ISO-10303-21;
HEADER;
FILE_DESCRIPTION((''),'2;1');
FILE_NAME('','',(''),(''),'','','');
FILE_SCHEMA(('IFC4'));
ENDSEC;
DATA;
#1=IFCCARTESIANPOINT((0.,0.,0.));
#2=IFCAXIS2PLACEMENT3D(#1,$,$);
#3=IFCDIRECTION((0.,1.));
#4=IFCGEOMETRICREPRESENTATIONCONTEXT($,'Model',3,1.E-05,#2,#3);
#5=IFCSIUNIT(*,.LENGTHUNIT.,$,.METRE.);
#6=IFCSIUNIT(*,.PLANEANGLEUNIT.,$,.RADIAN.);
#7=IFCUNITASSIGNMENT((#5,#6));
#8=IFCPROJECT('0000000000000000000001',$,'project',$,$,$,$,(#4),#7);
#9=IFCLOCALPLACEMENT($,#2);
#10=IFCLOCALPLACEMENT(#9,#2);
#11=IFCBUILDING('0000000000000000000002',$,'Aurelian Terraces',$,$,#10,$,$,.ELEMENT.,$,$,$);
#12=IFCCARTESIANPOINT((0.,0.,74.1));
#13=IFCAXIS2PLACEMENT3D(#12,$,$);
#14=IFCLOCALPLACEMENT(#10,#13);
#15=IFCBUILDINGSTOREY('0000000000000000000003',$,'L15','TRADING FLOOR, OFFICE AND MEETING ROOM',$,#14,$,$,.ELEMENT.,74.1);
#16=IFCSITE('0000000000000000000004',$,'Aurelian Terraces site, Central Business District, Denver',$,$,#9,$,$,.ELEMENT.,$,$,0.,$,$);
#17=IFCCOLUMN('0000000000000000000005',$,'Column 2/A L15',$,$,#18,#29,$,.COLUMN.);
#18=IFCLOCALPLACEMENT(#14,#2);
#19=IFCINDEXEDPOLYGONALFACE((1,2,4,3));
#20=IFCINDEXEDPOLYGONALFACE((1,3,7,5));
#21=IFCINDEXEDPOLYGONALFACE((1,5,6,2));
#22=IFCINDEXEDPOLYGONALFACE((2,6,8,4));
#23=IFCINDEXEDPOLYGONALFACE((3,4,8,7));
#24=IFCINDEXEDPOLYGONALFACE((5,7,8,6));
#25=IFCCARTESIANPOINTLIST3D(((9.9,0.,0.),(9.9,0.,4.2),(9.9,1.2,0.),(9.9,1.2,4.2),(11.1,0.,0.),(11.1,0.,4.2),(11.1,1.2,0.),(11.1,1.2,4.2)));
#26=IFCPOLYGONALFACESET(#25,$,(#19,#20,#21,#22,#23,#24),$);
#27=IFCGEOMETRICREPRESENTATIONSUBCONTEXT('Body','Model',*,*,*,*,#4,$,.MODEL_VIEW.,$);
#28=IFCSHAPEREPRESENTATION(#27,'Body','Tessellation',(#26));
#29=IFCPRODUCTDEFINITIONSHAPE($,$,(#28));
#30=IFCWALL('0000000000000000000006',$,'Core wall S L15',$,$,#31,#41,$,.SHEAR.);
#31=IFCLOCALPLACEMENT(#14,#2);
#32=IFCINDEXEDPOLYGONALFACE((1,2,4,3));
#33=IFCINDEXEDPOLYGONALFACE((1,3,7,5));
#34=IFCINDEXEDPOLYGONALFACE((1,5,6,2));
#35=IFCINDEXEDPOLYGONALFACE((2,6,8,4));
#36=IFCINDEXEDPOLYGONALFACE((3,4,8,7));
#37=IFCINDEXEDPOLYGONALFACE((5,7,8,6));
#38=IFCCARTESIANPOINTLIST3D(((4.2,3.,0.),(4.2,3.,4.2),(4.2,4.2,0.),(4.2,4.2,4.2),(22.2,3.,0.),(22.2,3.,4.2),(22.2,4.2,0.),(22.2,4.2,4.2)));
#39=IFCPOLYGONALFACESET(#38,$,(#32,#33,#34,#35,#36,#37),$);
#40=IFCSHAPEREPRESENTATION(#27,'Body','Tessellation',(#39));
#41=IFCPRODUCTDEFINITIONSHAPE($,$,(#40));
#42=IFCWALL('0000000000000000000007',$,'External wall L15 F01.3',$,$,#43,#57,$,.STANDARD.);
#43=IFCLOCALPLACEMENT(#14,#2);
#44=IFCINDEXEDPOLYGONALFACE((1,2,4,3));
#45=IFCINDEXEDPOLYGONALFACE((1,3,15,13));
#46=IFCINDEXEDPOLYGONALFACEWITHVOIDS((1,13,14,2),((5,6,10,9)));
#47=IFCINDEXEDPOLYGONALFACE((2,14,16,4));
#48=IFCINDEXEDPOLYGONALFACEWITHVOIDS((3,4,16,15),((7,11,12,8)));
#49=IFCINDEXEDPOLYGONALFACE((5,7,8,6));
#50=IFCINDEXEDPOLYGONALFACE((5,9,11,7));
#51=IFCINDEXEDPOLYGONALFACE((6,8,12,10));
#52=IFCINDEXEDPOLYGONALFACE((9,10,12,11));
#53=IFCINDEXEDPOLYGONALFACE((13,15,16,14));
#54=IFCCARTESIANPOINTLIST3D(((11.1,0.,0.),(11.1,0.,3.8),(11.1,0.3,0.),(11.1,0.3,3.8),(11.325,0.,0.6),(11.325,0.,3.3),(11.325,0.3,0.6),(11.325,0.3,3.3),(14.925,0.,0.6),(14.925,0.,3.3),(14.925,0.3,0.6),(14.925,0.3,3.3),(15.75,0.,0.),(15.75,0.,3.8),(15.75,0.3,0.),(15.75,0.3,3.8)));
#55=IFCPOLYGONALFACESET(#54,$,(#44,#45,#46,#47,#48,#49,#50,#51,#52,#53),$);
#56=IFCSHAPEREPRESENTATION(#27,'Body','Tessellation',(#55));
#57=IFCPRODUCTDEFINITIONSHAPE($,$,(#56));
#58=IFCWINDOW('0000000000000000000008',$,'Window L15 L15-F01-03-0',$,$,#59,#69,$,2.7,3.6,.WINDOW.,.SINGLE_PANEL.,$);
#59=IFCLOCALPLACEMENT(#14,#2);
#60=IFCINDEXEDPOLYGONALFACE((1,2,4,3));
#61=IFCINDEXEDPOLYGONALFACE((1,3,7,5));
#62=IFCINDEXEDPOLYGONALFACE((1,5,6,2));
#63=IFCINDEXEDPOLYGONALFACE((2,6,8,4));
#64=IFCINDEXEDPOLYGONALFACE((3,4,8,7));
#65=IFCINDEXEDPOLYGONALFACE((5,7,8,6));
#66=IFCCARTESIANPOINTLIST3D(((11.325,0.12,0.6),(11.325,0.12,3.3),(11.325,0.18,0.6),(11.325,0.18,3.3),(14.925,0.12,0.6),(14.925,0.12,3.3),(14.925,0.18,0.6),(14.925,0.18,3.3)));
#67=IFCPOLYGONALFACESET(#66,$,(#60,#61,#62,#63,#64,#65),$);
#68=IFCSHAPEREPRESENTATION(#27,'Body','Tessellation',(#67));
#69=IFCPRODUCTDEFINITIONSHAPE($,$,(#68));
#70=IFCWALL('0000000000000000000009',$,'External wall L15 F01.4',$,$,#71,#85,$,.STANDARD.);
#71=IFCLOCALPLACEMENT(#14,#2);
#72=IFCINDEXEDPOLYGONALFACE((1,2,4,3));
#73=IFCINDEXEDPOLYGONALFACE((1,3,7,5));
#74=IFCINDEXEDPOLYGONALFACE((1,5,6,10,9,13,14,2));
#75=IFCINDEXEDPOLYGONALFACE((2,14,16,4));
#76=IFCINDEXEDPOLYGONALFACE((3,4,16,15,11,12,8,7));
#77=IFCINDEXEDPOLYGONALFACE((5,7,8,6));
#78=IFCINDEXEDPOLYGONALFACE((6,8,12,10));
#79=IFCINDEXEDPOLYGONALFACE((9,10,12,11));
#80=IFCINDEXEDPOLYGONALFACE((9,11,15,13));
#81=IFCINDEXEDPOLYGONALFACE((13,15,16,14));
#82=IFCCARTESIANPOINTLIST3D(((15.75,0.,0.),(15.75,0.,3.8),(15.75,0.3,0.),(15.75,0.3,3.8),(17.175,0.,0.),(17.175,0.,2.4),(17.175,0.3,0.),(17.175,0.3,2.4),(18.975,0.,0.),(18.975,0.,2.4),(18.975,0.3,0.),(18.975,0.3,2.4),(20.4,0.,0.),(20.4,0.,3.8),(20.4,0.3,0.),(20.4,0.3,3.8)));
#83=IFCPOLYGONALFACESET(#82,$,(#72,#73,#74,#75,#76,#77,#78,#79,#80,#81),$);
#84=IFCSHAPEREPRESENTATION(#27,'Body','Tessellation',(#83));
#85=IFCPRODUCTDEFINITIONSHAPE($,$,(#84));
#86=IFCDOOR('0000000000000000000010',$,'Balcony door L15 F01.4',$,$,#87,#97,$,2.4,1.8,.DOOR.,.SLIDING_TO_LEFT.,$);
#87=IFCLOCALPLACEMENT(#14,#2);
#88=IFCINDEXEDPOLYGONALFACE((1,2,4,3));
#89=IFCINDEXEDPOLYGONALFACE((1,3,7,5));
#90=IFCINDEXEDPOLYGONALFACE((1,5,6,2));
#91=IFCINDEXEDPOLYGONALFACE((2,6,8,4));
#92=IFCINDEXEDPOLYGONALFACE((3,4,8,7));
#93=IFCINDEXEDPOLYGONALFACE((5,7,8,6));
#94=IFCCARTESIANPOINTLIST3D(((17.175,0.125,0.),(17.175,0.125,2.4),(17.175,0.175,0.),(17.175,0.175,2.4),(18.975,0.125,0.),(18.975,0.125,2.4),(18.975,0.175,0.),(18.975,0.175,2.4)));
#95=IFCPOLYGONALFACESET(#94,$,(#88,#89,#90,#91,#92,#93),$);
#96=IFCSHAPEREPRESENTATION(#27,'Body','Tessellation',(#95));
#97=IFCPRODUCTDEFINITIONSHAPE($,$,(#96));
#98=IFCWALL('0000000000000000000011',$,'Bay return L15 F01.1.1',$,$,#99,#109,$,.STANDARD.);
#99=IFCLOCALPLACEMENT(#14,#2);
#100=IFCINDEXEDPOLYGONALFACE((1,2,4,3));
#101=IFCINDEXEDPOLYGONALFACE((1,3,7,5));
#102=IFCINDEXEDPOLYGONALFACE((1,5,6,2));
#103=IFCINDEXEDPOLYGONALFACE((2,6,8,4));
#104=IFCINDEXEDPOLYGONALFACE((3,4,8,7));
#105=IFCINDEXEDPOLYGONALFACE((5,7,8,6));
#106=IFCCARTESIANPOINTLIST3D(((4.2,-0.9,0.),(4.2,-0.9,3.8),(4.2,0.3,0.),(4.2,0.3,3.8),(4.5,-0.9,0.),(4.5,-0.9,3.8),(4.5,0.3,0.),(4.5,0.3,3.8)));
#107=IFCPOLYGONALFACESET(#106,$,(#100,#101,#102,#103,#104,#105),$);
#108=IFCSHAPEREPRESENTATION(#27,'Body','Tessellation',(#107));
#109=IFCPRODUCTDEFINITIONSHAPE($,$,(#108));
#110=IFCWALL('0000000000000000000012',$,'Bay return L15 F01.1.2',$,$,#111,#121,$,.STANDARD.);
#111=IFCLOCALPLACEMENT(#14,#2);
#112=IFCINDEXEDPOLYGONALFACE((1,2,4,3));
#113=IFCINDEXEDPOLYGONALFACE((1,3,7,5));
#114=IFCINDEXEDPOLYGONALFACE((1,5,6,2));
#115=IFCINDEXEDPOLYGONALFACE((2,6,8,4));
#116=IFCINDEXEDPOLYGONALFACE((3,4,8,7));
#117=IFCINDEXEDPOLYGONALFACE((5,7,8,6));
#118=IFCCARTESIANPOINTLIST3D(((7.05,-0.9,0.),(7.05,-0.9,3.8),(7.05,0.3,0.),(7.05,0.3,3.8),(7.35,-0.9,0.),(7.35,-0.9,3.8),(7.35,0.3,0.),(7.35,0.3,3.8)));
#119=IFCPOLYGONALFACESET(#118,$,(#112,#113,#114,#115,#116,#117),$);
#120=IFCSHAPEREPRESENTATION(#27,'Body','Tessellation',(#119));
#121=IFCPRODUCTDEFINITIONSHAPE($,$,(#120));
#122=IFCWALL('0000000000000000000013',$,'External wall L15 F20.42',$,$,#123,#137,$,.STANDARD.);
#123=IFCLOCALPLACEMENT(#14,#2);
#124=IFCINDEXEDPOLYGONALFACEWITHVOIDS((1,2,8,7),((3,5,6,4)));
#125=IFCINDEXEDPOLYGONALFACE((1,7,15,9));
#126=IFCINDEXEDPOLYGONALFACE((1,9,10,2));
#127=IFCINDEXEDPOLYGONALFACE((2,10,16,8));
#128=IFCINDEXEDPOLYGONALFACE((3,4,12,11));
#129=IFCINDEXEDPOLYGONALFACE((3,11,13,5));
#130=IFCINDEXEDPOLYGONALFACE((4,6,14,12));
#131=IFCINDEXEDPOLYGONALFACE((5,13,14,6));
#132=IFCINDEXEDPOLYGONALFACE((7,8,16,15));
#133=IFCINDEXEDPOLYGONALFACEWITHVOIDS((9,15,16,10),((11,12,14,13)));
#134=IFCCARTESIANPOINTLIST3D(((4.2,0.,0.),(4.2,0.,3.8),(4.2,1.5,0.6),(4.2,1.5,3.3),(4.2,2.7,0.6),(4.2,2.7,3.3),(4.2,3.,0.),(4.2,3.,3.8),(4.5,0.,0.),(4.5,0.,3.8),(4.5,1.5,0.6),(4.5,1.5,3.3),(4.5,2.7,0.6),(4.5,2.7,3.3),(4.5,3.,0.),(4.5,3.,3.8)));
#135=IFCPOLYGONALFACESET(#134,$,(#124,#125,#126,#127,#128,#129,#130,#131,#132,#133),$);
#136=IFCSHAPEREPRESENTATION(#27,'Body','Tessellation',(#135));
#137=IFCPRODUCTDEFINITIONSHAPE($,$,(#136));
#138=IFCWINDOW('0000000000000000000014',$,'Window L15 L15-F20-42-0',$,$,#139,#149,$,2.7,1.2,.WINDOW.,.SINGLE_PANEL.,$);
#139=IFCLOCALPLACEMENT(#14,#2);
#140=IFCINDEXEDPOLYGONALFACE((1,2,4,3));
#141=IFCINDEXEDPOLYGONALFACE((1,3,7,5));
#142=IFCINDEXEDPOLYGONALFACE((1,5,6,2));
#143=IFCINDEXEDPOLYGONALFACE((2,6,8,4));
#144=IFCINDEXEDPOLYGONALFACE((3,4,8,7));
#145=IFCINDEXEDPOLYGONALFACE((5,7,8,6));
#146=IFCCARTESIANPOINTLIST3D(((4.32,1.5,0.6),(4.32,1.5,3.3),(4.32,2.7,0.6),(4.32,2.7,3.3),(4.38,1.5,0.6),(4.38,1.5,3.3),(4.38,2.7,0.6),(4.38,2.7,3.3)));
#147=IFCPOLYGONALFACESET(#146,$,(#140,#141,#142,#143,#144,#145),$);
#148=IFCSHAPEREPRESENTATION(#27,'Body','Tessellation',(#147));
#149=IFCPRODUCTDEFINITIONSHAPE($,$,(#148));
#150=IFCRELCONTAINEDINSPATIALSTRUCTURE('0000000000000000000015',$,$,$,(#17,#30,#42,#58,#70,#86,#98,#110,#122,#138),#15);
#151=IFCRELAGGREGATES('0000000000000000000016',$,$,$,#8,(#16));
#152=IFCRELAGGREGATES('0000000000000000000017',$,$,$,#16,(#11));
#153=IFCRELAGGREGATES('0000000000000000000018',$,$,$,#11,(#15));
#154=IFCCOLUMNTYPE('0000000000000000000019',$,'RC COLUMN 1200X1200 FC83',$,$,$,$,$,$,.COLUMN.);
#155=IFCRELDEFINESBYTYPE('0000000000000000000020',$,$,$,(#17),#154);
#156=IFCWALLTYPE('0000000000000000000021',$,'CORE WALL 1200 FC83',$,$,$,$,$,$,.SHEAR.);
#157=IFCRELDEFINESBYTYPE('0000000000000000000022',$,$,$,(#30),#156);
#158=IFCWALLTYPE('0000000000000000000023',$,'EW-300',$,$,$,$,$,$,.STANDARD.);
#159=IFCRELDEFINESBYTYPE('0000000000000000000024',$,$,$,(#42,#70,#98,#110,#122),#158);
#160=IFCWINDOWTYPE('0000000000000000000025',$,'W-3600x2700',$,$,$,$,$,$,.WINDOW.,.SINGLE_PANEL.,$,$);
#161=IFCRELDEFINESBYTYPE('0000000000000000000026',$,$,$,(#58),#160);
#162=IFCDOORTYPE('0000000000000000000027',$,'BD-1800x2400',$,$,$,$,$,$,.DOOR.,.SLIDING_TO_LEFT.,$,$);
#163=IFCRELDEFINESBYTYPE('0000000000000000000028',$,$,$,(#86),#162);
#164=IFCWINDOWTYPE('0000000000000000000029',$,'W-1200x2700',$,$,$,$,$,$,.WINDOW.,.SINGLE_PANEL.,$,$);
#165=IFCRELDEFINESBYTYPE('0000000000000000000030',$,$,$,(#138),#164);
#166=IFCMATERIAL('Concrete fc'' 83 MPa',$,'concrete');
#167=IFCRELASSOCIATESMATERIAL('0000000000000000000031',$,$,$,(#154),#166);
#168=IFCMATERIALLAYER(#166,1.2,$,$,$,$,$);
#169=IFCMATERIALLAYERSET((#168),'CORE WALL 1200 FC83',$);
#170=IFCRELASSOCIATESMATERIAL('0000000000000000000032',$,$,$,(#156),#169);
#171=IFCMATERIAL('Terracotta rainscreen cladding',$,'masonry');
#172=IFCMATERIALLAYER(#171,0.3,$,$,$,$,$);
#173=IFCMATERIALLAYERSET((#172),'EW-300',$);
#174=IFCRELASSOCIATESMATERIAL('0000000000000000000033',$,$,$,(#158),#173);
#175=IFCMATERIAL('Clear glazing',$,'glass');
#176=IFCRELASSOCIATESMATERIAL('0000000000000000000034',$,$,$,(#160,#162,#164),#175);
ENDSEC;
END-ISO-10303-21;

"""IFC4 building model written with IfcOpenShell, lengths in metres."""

from ifc_helpers import new_model, si_unit, direction, frame, frame_2d, origin, origin_2d, place, context, subcontext, project, spatial, rectangle, extrude, source, transform, mapped, material, layer, layer_set, material_profile, profile_set, type_object, element, fill, save


model = new_model("IFC4")

# Units and contexts
model_context = context("Model", 3, precision=1e-05, world=origin(), true_north=direction((0.0, 1.0)))
body_context = subcontext(model_context, "Body", "Model", "MODEL_VIEW")
ifc_project = project(units=[si_unit("LENGTHUNIT", "METRE"), si_unit("PLANEANGLEUNIT", "RADIAN")], contexts=[model_context])

# Site, building, storey
site_placement = place(None, origin())
site = spatial("IfcSite", under=ifc_project, at=site_placement, Name="Aurelian Terraces site, Central Business District, Denver", CompositionType="ELEMENT", RefElevation=0.0)
building_placement = place(site_placement, origin())
building = spatial("IfcBuilding", under=site, at=building_placement, Name="Aurelian Terraces", CompositionType="ELEMENT")
storey_placement = place(building_placement, frame((0.0, 0.0, 74.1)))
storey = spatial("IfcBuildingStorey", under=building, at=storey_placement, Name="L15", Description="TRADING FLOOR, OFFICE AND MEETING ROOM", CompositionType="ELEMENT", Elevation=74.1)

# Column
ifc_material_1 = material(Name="Concrete fc' 83 MPa", Category="concrete")
ifc_material_profile = material_profile(ifc_material_1, rectangle(XDim=1.2, YDim=1.2, at=origin_2d()))
ifc_profile_set = profile_set([ifc_material_profile], Name="Concrete fc' 83 MPa")
column_type = type_object("IfcColumnType", Name="RC COLUMN 1200X1200 FC83", PredefinedType="COLUMN", material=ifc_profile_set)
shared_shape_1 = source(origin(), body_context, "Body", "SweptSolid", [
    extrude(rectangle(XDim=1.2, YDim=1.2, at=origin_2d()), origin(), (0.0, 0.0, 1.0), 4.2),
])
column_placement = place(storey_placement, frame((10.5, 0.6, 0.0), z_axis=(0.0, 0.0, 1.0), x_axis=(1.0, 0.0, 0.0)))
element("IfcColumn", 1, at=column_placement, inside=storey, type_object=column_type, Name="Column 2/A L15", PredefinedType="COLUMN", context=body_context, shape_type="MappedRepresentation", body=[
    mapped(shared_shape_1, transform((0.0, 0.0, 0.0), scale=1.0)),
])

# Wall
ifc_layer_1 = layer(ifc_material_1, 1.2)
ifc_layer_set_1 = layer_set([ifc_layer_1], Name="CORE WALL 1200 FC83")
wall_type_1 = type_object("IfcWallType", Name="CORE WALL 1200 FC83", PredefinedType="SHEAR", material=ifc_layer_set_1)
shared_shape_2 = source(origin(), body_context, "Body", "SweptSolid", [
    extrude(rectangle(XDim=18.0, YDim=1.2, at=frame_2d((9.0, 0.0))), origin(), (0.0, 0.0, 1.0), 4.2),
])
wall_1_placement = place(storey_placement, frame((4.2, 3.6, 0.0), z_axis=(0.0, 0.0, 1.0), x_axis=(1.0, 0.0, 0.0)))
element("IfcWall", 2, at=wall_1_placement, inside=storey, type_object=wall_type_1, Name="Core wall S L15", PredefinedType="SHEAR", context=body_context, shape_type="MappedRepresentation", body=[
    mapped(shared_shape_2, transform((0.0, 0.0, 0.0), scale=1.0)),
])

# Wall, opening, window
ifc_material_2 = material(Name="Terracotta rainscreen cladding", Category="masonry")
ifc_layer_2 = layer(ifc_material_2, 0.3)
ifc_layer_set_2 = layer_set([ifc_layer_2], Name="EW-300")
wall_type_2 = type_object("IfcWallType", Name="EW-300", PredefinedType="STANDARD", material=ifc_layer_set_2)
shared_shape_3 = source(origin(), body_context, "Body", "SweptSolid", [
    extrude(rectangle(XDim=4.65, YDim=0.3, at=frame_2d((2.325, 0.0))), origin(), (0.0, 0.0, 1.0), 3.8),
])
wall_2_placement = place(storey_placement, frame((11.1, 0.15, 0.0), z_axis=(0.0, 0.0, 1.0), x_axis=(1.0, 0.0, 0.0)))
wall_2 = element("IfcWall", 3, at=wall_2_placement, inside=storey, type_object=wall_type_2, Name="External wall L15 F01.3", PredefinedType="STANDARD", context=body_context, shape_type="MappedRepresentation", body=[
    mapped(shared_shape_3, transform((0.0, 0.0, 0.0), scale=1.0)),
])
shared_shape_4 = source(origin(), body_context, "Body", "SweptSolid", [
    extrude(rectangle(XDim=3.6, YDim=2.7, at=frame_2d((1.8, 1.35))), frame((0.0, 0.16, 0.0), z_axis=(0.0, -1.0, 0.0), x_axis=(1.0, 0.0, 0.0)), (0.0, 0.0, 1.0), 0.32),
])
opening_1_placement = place(wall_2_placement, frame((0.225, 0.0, 0.6)))
opening_1 = element("IfcOpeningElement", 4, at=opening_1_placement, cuts=wall_2, PredefinedType="OPENING", context=body_context, shape_type="MappedRepresentation", body=[
    mapped(shared_shape_4, transform((0.0, 0.0, 0.0), scale=1.0)),
])
ifc_material_3 = material(Name="Clear glazing", Category="glass")
window_type_1 = type_object("IfcWindowType", Name="W-3600x2700", PartitioningType="SINGLE_PANEL", PredefinedType="WINDOW", material=ifc_material_3)
shared_shape_5 = source(origin(), body_context, "Body", "SweptSolid", [
    extrude(rectangle(XDim=3.6, YDim=2.7, at=frame_2d((1.8, 1.35))), frame((0.0, 0.03, 0.0), z_axis=(0.0, -1.0, 0.0), x_axis=(1.0, 0.0, 0.0)), (0.0, 0.0, 1.0), 0.06),
])
window_1_placement = place(opening_1_placement, origin())
window_1 = element("IfcWindow", 5, at=window_1_placement, inside=storey, type_object=window_type_1, Name="Window L15 L15-F01-03-0", OverallHeight=2.7, OverallWidth=3.6, PartitioningType="SINGLE_PANEL", PredefinedType="WINDOW", context=body_context, shape_type="MappedRepresentation", body=[
    mapped(shared_shape_5, transform((0.0, 0.0, 0.0), scale=1.0)),
])
fill(opening_1, window_1)

# Wall, opening, door
wall_3_placement = place(storey_placement, frame((15.75, 0.15, 0.0), z_axis=(0.0, 0.0, 1.0), x_axis=(1.0, 0.0, 0.0)))
wall_3 = element("IfcWall", 6, at=wall_3_placement, inside=storey, type_object=wall_type_2, Name="External wall L15 F01.4", PredefinedType="STANDARD", context=body_context, shape_type="MappedRepresentation", body=[
    mapped(shared_shape_3, transform((0.0, 0.0, 0.0), scale=1.0)),
])
shared_shape_6 = source(origin(), body_context, "Body", "SweptSolid", [
    extrude(rectangle(XDim=1.8, YDim=2.4, at=frame_2d((0.9, 1.2))), frame((0.0, 0.16, 0.0), z_axis=(0.0, -1.0, 0.0), x_axis=(1.0, 0.0, 0.0)), (0.0, 0.0, 1.0), 0.32),
])
opening_2_placement = place(wall_3_placement, frame((1.425, 0.0, 0.0)))
opening_2 = element("IfcOpeningElement", 7, at=opening_2_placement, cuts=wall_3, PredefinedType="OPENING", context=body_context, shape_type="MappedRepresentation", body=[
    mapped(shared_shape_6, transform((0.0, 0.0, 0.0), scale=1.0)),
])
door_type = type_object("IfcDoorType", Name="BD-1800x2400", OperationType="SLIDING_TO_LEFT", PredefinedType="DOOR", material=ifc_material_3)
shared_shape_7 = source(origin(), body_context, "Body", "SweptSolid", [
    extrude(rectangle(XDim=1.8, YDim=2.4, at=frame_2d((0.9, 1.2))), frame((0.0, 0.025, 0.0), z_axis=(0.0, -1.0, 0.0), x_axis=(1.0, 0.0, 0.0)), (0.0, 0.0, 1.0), 0.05),
])
door_placement = place(opening_2_placement, origin())
door = element("IfcDoor", 8, at=door_placement, inside=storey, type_object=door_type, Name="Balcony door L15 F01.4", OperationType="SLIDING_TO_LEFT", OverallHeight=2.4, OverallWidth=1.8, PredefinedType="DOOR", context=body_context, shape_type="MappedRepresentation", body=[
    mapped(shared_shape_7, transform((0.0, 0.0, 0.0), scale=1.0)),
])
fill(opening_2, door)

# Walls
shared_shape_8 = source(origin(), body_context, "Body", "SweptSolid", [
    extrude(rectangle(XDim=1.2, YDim=0.3, at=frame_2d((0.6, 0.0))), origin(), (0.0, 0.0, 1.0), 3.8),
])
for number, where, z_axis, x_axis, name in (
    (9, (4.35, 0.3, 0.0), (0.0, 0.0, 1.0), (0.0, -1.0, 0.0), "Bay return L15 F01.1.1"),
    (10, (7.2, 0.3, 0.0), (0.0, 0.0, 1.0), (0.0, -1.0, 0.0), "Bay return L15 F01.1.2"),
):
    element("IfcWall", number, at=place(storey_placement, frame(where, z_axis=z_axis, x_axis=x_axis)), inside=storey, type_object=wall_type_2, Name=name, PredefinedType="STANDARD", context=body_context, shape_type="MappedRepresentation", body=[
        mapped(shared_shape_8, transform((0.0, 0.0, 0.0), scale=1.0)),
    ])

# Wall, opening, window
shared_shape_9 = source(origin(), body_context, "Body", "SweptSolid", [
    extrude(rectangle(XDim=3.0, YDim=0.3, at=frame_2d((1.5, 0.0))), origin(), (0.0, 0.0, 1.0), 3.8),
])
wall_4_placement = place(storey_placement, frame((4.35, 3.0, 0.0), z_axis=(0.0, 0.0, 1.0), x_axis=(0.0, -1.0, 0.0)))
wall_4 = element("IfcWall", 11, at=wall_4_placement, inside=storey, type_object=wall_type_2, Name="External wall L15 F20.42", PredefinedType="STANDARD", context=body_context, shape_type="MappedRepresentation", body=[
    mapped(shared_shape_9, transform((0.0, 0.0, 0.0), scale=1.0)),
])
shared_shape_10 = source(origin(), body_context, "Body", "SweptSolid", [
    extrude(rectangle(XDim=1.2, YDim=2.7, at=frame_2d((0.6, 1.35))), frame((0.0, 0.16, 0.0), z_axis=(0.0, -1.0, 0.0), x_axis=(1.0, 0.0, 0.0)), (0.0, 0.0, 1.0), 0.32),
])
opening_3_placement = place(wall_4_placement, frame((0.3, 0.0, 0.6)))
opening_3 = element("IfcOpeningElement", 12, at=opening_3_placement, cuts=wall_4, PredefinedType="OPENING", context=body_context, shape_type="MappedRepresentation", body=[
    mapped(shared_shape_10, transform((0.0, 0.0, 0.0), scale=1.0)),
])
window_type_2 = type_object("IfcWindowType", Name="W-1200x2700", PartitioningType="SINGLE_PANEL", PredefinedType="WINDOW", material=ifc_material_3)
shared_shape_11 = source(origin(), body_context, "Body", "SweptSolid", [
    extrude(rectangle(XDim=1.2, YDim=2.7, at=frame_2d((0.6, 1.35))), frame((0.0, 0.03, 0.0), z_axis=(0.0, -1.0, 0.0), x_axis=(1.0, 0.0, 0.0)), (0.0, 0.0, 1.0), 0.06),
])
window_2_placement = place(opening_3_placement, origin())
window_2 = element("IfcWindow", 13, at=window_2_placement, inside=storey, type_object=window_type_2, Name="Window L15 L15-F20-42-0", OverallHeight=2.7, OverallWidth=1.2, PartitioningType="SINGLE_PANEL", PredefinedType="WINDOW", context=body_context, shape_type="MappedRepresentation", body=[
    mapped(shared_shape_11, transform((0.0, 0.0, 0.0), scale=1.0)),
])
fill(opening_3, window_2)

save(model, "model.ifc")
